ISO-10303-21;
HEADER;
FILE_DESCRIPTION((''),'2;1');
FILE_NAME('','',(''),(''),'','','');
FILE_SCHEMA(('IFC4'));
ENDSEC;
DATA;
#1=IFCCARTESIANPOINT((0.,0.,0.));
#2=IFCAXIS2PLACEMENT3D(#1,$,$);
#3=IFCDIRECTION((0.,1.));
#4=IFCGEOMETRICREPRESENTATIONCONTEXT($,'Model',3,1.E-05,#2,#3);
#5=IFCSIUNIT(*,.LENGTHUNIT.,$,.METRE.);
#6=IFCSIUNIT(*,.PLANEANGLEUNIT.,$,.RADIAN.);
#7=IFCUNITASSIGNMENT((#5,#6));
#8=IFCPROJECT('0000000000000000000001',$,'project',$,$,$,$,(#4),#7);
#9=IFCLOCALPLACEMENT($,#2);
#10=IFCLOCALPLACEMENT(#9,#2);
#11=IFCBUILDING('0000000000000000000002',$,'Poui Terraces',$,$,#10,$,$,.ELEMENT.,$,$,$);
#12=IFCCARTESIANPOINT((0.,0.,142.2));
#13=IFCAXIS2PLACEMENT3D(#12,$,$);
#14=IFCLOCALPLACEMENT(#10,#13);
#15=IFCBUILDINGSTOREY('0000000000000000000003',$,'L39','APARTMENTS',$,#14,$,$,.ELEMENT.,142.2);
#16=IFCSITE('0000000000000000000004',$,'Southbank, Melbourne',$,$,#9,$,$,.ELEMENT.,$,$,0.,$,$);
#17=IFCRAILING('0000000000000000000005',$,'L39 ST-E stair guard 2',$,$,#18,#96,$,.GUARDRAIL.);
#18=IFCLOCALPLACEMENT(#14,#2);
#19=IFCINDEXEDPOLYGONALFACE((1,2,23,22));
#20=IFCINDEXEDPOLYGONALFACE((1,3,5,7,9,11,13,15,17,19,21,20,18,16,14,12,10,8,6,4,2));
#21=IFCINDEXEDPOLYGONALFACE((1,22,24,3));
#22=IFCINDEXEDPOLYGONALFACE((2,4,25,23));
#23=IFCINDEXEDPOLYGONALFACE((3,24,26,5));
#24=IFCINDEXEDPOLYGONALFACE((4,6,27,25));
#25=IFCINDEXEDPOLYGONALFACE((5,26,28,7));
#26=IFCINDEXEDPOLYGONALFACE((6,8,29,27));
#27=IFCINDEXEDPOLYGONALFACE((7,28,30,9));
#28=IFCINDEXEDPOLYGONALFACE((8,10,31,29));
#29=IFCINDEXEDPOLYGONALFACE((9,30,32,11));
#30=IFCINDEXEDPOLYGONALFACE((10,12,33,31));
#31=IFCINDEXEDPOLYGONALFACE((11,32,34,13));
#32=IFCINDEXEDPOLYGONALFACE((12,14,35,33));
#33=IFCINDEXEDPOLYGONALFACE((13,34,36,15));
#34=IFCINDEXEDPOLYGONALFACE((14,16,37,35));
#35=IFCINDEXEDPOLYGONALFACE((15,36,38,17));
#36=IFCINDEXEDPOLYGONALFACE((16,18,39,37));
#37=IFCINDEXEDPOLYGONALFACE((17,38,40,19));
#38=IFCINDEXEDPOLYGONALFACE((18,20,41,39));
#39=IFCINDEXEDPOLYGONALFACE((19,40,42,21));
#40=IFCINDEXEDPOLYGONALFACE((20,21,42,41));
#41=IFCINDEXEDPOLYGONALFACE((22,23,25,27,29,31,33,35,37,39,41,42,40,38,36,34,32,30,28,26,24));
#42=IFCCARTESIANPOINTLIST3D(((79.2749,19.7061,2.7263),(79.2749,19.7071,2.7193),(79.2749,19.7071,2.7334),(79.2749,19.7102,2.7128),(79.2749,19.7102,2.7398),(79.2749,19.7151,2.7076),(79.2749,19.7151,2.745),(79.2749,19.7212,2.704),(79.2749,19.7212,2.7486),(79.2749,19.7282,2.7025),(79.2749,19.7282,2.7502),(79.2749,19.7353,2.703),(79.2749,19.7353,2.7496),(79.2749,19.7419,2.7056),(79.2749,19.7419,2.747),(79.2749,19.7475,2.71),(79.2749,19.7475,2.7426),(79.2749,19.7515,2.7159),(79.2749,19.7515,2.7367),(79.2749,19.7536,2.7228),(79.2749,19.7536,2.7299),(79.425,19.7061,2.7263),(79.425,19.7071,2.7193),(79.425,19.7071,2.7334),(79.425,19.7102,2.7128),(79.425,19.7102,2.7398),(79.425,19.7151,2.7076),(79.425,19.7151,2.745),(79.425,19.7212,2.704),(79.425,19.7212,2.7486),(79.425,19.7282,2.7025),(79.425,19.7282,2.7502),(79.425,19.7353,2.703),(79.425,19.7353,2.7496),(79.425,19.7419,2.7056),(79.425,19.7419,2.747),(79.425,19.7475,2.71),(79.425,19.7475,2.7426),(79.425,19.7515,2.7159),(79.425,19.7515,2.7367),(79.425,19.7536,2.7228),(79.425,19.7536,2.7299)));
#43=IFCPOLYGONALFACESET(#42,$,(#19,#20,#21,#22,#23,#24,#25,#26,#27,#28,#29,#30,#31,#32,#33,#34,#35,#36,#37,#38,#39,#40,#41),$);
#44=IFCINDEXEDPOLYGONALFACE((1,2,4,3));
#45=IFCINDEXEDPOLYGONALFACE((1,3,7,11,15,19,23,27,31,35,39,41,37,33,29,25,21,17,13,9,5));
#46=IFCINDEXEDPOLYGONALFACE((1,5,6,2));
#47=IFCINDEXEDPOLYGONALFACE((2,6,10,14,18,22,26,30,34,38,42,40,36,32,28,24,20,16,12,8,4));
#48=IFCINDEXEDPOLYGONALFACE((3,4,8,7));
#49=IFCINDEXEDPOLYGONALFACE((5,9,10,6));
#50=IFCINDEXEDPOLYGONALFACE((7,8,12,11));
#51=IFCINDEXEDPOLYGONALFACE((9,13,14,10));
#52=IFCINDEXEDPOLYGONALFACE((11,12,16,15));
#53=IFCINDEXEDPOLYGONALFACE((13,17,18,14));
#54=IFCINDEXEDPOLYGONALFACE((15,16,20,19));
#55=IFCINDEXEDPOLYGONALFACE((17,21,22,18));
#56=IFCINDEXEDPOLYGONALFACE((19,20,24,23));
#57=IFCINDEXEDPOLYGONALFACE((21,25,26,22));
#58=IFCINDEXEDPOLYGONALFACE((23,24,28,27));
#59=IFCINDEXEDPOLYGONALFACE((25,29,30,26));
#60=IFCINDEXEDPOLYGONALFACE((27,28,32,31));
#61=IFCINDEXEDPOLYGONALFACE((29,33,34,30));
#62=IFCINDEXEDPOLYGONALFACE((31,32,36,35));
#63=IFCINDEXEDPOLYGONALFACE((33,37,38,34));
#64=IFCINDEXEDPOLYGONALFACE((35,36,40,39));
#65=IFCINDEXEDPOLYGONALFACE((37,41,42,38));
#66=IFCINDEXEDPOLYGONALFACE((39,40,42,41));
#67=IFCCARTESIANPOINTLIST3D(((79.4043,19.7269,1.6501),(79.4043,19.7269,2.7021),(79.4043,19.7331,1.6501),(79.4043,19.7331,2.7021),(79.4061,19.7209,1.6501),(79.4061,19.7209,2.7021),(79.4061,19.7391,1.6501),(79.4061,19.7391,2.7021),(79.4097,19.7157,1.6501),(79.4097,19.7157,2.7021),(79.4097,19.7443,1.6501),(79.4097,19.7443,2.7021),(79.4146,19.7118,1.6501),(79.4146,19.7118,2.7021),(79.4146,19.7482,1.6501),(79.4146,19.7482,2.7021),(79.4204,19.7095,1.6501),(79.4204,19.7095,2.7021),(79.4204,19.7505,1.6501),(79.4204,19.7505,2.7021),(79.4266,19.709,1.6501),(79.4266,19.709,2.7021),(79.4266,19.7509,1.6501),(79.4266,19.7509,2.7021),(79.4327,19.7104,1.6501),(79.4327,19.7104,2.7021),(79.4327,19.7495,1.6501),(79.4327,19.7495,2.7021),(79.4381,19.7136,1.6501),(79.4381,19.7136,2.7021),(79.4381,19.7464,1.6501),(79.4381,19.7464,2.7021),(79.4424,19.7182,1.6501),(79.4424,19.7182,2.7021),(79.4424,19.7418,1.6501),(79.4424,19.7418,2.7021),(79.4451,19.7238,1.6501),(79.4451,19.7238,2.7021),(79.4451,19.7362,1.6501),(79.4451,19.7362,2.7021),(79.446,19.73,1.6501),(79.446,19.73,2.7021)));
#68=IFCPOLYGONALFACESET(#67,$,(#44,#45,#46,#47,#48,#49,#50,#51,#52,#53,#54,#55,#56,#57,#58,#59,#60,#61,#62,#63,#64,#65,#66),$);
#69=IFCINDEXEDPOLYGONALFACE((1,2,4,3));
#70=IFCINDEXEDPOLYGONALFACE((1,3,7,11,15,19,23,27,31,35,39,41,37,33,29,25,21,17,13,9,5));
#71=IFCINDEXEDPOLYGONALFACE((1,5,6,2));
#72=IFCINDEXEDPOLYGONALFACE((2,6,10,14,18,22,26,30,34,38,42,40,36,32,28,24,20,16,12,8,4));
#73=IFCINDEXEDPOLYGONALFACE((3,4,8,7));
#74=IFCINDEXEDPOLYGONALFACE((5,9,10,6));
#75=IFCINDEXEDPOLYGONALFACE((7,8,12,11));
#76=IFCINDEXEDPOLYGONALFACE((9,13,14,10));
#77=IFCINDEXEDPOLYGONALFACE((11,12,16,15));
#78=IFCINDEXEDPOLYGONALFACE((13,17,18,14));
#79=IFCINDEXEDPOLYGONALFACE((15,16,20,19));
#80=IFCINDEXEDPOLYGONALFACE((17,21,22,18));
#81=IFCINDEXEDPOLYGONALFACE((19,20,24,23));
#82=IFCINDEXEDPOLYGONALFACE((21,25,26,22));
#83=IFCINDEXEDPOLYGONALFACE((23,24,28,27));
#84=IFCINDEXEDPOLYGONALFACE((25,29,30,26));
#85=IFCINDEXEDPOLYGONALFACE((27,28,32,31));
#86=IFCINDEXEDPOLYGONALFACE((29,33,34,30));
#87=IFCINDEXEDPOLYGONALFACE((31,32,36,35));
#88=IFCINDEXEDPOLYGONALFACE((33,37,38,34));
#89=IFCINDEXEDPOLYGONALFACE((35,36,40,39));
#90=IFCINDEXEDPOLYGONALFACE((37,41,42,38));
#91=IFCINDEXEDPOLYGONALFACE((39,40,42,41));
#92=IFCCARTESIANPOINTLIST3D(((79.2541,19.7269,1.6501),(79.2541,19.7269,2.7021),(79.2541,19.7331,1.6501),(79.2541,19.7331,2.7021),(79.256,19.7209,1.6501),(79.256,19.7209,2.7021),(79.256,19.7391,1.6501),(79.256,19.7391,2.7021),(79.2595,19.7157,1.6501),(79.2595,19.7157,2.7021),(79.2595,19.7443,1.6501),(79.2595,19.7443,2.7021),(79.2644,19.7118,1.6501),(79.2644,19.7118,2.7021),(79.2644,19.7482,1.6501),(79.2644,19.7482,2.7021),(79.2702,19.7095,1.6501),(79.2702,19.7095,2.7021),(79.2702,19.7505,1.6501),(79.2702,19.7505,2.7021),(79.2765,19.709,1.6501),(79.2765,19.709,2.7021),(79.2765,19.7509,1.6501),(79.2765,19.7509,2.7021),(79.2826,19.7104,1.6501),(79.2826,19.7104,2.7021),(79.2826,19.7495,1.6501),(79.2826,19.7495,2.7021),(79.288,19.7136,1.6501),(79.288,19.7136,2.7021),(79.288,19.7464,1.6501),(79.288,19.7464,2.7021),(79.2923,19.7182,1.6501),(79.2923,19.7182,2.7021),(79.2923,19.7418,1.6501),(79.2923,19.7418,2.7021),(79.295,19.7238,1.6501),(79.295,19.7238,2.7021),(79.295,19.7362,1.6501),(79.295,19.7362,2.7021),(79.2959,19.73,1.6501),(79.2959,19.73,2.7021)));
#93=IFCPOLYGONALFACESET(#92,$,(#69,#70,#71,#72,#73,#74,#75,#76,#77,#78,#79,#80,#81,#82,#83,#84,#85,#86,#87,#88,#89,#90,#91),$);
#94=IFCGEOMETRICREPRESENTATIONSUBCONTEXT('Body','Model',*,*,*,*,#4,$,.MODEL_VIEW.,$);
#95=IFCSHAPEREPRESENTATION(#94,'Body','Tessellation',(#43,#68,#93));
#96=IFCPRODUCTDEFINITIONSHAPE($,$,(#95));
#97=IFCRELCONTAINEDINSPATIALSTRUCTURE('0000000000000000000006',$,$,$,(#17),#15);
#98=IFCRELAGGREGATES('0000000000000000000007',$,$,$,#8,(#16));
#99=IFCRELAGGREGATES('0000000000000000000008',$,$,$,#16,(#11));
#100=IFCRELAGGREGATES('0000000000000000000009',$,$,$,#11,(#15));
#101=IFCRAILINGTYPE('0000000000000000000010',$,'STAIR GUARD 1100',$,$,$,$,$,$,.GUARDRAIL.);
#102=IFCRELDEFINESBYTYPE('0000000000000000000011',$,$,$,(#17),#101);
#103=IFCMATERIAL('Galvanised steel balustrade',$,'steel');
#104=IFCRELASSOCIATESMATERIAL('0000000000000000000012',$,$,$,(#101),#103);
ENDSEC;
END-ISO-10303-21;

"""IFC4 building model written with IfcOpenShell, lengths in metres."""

from ifc_helpers import new_model, si_unit, direction, frame, origin, origin_2d, place, context, subcontext, project, spatial, circle, extrude, material, type_object, element, save


model = new_model("IFC4")

# Units and contexts
model_context = context("Model", 3, precision=1e-05, world=origin(), true_north=direction((0.0, 1.0)))
body_context = subcontext(model_context, "Body", "Model", "MODEL_VIEW")
ifc_project = project(units=[si_unit("LENGTHUNIT", "METRE"), si_unit("PLANEANGLEUNIT", "RADIAN")], contexts=[model_context])

# Site, building, storey
site_placement = place(None, origin())
site = spatial("IfcSite", under=ifc_project, at=site_placement, Name="Southbank, Melbourne", CompositionType="ELEMENT", RefElevation=0.0)
building_placement = place(site_placement, origin())
building = spatial("IfcBuilding", under=site, at=building_placement, Name="Poui Terraces", CompositionType="ELEMENT")
storey_placement = place(building_placement, frame((0.0, 0.0, 142.2)))
storey = spatial("IfcBuildingStorey", under=building, at=storey_placement, Name="L39", Description="APARTMENTS", CompositionType="ELEMENT", Elevation=142.2)

# Railing
ifc_material_1 = material(Name="Galvanised steel balustrade", Category="steel")
railing_type_1 = type_object("IfcRailingType", Name="STAIR GUARD 1100", PredefinedType="GUARDRAIL", material=ifc_material_1)
railing_1_placement = place(storey_placement, frame((79.425, 19.73, 1.6501)))
element("IfcRailing", 1, at=railing_1_placement, inside=storey, type_object=railing_type_1, Name="L39 ST-E stair guard 2", PredefinedType="GUARDRAIL", context=body_context, shape_type="SweptSolid", body=[
    extrude(circle(Radius=0.0239, at=origin_2d()), frame((0.0, 0.0, 1.0762), z_axis=(-1.0, 0.0, 0.0), x_axis=(0.0, -1.0, 0.0)), (0.0, 0.0, 1.0), 0.1501),
    extrude(circle(Radius=0.021, at=origin_2d()), origin(), (0.0, 0.0, 1.0), 1.052),
    extrude(circle(Radius=0.021, at=origin_2d()), frame((-0.1501, 0.0, 0.0)), (0.0, 0.0, 1.0), 1.052),
])

save(model, "model.ifc")
